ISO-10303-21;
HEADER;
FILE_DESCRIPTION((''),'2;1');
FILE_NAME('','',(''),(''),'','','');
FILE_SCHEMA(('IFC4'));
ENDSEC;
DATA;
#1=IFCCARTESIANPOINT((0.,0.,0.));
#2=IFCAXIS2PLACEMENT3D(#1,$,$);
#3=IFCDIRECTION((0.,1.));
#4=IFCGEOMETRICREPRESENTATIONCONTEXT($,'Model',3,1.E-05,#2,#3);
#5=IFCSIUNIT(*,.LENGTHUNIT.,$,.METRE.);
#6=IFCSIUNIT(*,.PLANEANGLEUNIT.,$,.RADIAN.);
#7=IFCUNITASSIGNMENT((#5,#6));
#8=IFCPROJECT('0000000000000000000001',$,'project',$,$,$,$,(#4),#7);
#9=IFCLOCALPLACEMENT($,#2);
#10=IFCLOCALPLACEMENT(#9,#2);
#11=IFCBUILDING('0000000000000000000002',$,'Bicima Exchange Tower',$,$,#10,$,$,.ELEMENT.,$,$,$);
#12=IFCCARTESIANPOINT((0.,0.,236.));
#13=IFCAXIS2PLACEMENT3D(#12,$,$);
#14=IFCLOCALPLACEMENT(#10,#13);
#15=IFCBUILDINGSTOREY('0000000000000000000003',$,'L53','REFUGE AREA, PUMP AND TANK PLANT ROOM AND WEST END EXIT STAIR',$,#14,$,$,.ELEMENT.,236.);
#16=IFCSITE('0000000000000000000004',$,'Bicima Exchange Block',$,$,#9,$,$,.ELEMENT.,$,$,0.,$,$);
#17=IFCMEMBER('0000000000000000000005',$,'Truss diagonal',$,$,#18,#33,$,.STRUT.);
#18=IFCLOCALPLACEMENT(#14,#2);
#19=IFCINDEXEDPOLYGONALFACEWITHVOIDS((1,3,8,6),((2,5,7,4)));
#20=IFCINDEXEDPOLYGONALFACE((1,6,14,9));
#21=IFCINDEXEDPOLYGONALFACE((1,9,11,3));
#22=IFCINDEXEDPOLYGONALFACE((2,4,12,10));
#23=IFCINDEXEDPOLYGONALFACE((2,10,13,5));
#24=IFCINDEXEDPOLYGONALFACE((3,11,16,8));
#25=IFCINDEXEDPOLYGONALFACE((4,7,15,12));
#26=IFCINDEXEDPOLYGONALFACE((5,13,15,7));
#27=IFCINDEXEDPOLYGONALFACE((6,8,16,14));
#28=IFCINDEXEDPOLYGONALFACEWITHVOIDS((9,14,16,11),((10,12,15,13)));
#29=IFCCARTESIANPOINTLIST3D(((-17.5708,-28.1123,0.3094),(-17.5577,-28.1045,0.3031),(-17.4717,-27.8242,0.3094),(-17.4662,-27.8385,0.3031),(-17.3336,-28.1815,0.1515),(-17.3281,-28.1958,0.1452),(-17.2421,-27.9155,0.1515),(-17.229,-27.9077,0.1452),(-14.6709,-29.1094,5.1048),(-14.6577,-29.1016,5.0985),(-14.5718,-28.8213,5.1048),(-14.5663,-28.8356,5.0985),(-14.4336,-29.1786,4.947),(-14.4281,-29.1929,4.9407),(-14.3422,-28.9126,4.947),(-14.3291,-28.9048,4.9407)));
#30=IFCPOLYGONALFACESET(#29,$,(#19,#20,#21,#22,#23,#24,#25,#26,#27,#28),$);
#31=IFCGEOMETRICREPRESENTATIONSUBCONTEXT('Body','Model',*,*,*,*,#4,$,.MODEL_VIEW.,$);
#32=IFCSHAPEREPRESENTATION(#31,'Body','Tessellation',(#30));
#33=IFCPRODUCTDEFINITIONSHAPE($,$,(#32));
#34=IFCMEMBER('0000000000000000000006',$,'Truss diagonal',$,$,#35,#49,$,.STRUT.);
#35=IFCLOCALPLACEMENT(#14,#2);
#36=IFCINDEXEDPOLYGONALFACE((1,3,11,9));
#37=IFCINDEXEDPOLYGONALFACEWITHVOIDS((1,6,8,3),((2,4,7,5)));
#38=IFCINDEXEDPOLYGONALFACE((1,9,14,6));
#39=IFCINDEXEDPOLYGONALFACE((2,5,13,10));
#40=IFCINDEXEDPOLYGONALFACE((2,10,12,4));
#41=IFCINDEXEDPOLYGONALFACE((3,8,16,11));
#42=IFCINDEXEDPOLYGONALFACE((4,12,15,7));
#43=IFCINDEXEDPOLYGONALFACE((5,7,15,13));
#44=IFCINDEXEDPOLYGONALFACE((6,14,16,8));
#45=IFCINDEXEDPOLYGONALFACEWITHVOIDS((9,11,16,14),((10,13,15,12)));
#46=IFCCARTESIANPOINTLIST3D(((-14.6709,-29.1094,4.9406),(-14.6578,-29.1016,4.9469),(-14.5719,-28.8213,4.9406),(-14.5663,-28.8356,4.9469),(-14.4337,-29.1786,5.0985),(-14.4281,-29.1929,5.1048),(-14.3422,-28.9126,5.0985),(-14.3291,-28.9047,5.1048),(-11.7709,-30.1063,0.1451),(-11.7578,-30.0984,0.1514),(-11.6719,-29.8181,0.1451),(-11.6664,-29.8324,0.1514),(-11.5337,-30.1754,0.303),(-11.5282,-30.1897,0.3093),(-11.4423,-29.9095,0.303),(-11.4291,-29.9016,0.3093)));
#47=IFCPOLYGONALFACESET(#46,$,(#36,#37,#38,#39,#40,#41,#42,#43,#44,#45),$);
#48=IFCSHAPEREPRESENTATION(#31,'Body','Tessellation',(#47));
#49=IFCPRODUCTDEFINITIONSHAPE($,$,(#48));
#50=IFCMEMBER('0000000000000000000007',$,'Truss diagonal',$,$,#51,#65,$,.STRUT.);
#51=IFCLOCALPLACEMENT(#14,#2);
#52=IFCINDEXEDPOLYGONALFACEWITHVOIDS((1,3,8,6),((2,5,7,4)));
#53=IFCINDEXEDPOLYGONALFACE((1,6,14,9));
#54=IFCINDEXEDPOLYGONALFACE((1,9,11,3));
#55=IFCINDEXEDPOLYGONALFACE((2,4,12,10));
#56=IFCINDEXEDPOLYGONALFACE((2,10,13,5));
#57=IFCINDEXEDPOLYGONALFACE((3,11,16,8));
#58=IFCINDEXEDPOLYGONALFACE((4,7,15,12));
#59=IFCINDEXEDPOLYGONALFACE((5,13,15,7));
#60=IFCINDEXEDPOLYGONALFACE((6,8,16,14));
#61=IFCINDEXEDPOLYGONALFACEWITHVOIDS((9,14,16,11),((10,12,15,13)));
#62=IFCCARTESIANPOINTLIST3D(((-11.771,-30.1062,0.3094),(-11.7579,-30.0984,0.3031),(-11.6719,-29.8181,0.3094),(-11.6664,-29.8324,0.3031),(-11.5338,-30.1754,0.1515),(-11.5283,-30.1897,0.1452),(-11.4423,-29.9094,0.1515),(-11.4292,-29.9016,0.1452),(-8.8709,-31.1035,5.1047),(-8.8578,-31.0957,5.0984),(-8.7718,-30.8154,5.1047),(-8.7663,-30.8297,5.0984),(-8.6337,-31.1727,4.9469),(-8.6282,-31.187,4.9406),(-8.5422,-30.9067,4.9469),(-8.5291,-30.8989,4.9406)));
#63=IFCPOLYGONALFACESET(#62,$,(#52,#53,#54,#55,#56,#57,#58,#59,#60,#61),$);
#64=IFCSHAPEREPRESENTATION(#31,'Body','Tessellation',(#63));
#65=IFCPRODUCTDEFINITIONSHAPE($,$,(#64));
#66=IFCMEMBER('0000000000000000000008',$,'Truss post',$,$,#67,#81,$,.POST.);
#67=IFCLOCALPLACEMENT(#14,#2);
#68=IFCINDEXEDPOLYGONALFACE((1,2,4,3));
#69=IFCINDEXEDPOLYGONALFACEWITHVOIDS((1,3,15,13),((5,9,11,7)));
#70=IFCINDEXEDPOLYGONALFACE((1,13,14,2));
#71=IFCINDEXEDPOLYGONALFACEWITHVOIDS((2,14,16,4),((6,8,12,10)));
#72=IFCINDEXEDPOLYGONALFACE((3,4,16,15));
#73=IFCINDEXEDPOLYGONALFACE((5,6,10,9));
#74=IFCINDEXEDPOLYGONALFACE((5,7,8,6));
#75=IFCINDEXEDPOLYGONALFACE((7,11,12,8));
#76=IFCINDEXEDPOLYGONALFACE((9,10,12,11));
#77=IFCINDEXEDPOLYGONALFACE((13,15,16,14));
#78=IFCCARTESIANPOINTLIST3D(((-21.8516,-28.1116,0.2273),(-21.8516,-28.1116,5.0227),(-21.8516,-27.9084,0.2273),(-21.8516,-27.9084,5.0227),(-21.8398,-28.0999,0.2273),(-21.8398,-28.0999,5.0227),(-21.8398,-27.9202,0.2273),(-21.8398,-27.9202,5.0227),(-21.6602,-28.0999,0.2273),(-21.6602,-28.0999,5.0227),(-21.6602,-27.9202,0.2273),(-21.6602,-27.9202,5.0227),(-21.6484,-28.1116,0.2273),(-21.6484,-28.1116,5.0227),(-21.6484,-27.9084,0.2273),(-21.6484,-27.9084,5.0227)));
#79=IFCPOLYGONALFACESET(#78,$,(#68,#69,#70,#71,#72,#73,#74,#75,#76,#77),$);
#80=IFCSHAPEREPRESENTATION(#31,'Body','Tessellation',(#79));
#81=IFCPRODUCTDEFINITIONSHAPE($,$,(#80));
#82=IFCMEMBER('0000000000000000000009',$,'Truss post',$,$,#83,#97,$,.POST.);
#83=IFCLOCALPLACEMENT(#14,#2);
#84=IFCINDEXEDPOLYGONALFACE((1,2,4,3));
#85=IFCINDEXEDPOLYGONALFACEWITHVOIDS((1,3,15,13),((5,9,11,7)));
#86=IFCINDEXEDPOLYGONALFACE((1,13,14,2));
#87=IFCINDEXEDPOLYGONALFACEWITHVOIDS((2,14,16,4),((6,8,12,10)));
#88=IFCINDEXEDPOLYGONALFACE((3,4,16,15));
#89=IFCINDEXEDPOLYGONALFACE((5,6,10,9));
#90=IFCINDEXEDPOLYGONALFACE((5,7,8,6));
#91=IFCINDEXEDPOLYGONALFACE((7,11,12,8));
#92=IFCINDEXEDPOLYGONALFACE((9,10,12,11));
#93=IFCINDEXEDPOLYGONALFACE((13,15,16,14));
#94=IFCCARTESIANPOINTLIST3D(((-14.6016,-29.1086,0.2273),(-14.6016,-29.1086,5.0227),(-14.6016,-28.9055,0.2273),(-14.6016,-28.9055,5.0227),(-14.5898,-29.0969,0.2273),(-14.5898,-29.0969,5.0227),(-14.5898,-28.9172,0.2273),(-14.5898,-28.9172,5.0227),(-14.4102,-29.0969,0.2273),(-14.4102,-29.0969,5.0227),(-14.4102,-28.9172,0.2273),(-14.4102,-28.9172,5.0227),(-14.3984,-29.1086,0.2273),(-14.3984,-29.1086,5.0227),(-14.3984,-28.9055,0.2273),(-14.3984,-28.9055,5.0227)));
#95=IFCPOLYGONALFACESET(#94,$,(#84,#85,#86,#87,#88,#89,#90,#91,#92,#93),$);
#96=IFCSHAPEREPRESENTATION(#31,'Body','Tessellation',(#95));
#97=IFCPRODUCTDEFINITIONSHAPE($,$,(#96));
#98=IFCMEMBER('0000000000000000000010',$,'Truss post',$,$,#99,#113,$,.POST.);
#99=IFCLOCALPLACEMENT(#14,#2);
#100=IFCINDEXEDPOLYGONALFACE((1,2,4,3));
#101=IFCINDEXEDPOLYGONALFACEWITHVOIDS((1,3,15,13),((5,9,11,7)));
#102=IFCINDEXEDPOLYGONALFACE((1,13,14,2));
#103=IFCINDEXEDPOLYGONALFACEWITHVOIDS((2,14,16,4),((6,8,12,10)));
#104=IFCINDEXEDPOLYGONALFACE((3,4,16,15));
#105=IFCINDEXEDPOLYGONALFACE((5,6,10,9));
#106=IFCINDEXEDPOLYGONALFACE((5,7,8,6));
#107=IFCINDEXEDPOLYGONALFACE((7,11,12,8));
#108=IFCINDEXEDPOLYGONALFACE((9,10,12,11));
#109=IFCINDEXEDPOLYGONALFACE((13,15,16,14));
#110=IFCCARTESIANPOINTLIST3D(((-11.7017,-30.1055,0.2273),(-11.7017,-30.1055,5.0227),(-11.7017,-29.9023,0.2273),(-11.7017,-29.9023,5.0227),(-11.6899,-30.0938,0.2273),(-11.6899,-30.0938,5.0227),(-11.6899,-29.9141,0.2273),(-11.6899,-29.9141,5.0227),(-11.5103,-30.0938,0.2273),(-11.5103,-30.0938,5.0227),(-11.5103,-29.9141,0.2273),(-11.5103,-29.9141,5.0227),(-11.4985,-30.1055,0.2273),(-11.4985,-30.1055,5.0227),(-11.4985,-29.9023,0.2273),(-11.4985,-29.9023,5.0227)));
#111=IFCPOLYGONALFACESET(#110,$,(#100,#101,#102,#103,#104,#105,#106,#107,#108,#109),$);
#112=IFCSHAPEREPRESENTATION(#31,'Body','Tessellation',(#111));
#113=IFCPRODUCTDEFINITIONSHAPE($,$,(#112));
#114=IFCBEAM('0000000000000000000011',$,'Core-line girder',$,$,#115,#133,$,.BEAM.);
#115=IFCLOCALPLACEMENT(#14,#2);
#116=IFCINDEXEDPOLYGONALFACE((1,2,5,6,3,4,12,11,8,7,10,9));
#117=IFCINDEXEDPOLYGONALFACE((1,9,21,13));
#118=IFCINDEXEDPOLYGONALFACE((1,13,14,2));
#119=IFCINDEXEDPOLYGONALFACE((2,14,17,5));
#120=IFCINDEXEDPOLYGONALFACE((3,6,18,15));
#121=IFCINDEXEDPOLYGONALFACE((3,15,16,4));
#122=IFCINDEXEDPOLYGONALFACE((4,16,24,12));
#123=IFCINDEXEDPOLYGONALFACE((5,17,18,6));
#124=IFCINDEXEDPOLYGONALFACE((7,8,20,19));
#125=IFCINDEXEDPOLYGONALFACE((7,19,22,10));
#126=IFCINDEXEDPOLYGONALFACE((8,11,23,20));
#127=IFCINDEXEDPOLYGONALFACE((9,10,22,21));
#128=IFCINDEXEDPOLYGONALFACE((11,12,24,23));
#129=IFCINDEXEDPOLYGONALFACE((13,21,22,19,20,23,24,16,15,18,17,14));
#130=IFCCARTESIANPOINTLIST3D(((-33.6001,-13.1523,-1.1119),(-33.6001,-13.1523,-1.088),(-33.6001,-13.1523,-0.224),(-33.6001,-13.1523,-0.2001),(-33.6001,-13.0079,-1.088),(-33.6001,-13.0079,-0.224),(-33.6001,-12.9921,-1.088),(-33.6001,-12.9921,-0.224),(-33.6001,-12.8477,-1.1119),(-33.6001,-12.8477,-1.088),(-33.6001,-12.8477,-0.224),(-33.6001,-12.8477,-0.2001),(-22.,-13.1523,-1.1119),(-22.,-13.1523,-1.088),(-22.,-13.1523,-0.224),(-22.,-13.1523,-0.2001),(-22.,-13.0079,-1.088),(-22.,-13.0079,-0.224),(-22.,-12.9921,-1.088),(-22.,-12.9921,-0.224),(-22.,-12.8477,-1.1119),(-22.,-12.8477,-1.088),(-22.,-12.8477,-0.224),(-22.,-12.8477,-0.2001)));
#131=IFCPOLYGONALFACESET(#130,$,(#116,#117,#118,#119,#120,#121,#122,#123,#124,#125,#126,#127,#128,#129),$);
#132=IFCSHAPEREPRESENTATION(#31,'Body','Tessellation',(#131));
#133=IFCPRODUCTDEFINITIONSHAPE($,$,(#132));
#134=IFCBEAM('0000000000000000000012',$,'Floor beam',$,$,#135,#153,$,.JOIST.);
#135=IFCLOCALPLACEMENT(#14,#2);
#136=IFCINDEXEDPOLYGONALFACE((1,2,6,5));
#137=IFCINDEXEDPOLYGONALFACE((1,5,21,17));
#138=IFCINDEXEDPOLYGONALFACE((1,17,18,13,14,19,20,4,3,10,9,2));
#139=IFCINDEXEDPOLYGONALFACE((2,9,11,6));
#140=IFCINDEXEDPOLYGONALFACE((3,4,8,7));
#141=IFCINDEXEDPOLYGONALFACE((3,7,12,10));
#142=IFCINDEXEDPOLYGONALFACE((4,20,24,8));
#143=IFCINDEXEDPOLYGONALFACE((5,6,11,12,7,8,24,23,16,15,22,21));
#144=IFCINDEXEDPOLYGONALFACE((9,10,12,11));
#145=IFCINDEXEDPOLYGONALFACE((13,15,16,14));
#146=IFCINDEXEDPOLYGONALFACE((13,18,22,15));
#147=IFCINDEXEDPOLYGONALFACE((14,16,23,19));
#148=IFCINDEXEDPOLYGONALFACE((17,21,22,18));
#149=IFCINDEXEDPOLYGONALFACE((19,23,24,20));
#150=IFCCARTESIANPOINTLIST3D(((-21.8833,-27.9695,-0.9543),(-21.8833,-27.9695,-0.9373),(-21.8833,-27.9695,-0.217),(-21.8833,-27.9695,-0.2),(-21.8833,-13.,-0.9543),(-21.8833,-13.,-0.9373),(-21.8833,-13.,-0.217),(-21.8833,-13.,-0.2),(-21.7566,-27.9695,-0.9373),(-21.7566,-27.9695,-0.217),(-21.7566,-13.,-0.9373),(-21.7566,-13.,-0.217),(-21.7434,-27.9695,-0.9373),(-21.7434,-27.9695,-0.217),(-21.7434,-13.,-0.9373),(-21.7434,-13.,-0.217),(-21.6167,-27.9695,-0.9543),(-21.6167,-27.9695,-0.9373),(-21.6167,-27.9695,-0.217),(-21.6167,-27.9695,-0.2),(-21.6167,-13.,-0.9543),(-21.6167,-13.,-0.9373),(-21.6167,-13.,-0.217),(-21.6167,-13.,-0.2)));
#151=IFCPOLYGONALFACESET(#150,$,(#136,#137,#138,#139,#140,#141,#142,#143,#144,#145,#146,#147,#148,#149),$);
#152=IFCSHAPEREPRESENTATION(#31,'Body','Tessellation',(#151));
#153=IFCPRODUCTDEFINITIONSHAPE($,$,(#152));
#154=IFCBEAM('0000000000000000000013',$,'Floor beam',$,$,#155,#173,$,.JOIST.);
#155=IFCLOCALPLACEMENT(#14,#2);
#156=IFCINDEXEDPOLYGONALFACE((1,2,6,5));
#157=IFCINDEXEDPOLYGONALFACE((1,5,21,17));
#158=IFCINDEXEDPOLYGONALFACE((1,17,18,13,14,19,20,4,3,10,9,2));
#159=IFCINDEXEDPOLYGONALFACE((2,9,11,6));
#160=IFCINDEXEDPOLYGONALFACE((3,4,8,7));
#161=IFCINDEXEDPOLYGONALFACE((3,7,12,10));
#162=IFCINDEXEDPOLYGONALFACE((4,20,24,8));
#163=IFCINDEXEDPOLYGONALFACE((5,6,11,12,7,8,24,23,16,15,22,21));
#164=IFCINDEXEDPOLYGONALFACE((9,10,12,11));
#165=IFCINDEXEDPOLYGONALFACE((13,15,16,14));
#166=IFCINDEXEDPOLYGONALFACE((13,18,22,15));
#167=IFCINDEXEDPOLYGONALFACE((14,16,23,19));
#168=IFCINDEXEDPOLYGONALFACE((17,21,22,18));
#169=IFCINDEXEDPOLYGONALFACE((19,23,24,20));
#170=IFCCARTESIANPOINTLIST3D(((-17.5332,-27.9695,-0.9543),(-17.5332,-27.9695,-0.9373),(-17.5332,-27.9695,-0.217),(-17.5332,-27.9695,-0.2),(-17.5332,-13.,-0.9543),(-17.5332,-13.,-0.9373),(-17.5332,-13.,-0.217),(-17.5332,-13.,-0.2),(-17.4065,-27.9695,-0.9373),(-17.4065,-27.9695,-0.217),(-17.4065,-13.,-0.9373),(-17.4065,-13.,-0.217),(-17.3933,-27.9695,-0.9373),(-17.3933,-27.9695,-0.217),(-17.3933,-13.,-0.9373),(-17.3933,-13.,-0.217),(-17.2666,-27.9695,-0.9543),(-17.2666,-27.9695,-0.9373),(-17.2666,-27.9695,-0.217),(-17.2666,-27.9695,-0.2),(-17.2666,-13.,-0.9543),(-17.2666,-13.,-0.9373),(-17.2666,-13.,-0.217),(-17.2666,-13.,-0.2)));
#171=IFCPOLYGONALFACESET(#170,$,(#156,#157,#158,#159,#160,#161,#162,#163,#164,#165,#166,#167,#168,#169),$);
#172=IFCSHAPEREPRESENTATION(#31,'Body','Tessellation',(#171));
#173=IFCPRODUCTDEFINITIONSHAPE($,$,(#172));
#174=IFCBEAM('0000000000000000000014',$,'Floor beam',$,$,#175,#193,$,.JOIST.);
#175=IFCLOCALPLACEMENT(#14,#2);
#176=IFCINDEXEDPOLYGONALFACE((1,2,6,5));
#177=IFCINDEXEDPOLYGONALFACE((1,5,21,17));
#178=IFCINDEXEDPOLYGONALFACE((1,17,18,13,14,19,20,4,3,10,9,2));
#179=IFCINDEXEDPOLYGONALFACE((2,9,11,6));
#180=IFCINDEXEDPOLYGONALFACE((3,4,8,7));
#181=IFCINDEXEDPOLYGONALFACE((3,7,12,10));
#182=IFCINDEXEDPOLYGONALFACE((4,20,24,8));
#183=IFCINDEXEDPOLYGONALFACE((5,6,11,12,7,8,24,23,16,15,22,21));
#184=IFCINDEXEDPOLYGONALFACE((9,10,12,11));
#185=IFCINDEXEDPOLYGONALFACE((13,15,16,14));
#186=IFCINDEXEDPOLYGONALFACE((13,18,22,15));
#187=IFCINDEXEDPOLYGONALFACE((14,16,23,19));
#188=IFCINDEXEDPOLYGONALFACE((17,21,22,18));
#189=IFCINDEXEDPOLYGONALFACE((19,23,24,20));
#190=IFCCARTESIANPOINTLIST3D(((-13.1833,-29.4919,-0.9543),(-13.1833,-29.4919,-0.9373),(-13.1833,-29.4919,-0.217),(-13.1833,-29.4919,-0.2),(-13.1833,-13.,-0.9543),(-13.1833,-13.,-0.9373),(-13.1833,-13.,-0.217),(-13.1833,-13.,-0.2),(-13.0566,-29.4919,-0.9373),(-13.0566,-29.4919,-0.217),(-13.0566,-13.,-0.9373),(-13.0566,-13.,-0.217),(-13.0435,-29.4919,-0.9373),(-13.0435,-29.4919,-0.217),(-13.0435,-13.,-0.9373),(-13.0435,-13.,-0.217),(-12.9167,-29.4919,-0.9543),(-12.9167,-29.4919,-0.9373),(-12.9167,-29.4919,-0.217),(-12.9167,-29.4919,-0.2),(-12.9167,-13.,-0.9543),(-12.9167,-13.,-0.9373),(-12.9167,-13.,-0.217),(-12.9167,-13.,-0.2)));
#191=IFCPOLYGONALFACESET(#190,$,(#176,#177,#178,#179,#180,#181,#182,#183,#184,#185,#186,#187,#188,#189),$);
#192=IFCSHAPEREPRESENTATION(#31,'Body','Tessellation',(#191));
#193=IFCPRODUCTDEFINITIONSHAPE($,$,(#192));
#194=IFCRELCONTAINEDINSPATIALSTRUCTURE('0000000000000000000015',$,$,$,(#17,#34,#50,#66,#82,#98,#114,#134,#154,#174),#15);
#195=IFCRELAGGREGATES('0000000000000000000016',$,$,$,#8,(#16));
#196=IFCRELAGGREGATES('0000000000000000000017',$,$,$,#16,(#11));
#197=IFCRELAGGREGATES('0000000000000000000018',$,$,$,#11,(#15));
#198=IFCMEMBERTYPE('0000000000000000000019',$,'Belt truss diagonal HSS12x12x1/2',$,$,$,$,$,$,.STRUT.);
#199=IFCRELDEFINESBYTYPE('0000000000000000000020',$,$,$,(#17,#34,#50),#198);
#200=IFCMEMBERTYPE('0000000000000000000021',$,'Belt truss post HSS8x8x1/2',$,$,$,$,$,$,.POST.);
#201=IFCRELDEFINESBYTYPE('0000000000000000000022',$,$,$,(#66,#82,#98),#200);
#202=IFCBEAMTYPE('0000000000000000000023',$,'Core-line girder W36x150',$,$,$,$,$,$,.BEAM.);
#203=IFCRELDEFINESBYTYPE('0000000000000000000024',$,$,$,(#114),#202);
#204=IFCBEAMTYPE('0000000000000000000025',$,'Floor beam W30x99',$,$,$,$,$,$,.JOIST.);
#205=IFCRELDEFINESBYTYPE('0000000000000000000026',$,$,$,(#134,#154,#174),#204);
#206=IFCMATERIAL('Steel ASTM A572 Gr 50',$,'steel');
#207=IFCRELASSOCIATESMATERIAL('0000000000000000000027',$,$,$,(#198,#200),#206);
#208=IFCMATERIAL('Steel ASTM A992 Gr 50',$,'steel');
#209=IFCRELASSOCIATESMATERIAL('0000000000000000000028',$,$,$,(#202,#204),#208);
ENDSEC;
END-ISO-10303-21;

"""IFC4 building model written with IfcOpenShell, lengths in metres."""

from ifc_helpers import new_model, si_unit, direction, frame, origin, origin_2d, place, context, subcontext, project, spatial, hollow_rectangle, i_section, extrude, material, material_profile, profile_set, type_object, element, save


model = new_model("IFC4")

# Units and contexts
model_context = context("Model", 3, precision=1e-05, world=origin(), true_north=direction((0.0, 1.0)))
body_context = subcontext(model_context, "Body", "Model", "MODEL_VIEW")
ifc_project = project(units=[si_unit("LENGTHUNIT", "METRE"), si_unit("PLANEANGLEUNIT", "RADIAN")], contexts=[model_context])

# Site, building, storey
site_placement = place(None, origin())
site = spatial("IfcSite", under=ifc_project, at=site_placement, Name="Bicima Exchange Block", CompositionType="ELEMENT", RefElevation=0.0)
building_placement = place(site_placement, origin())
building = spatial("IfcBuilding", under=site, at=building_placement, Name="Bicima Exchange Tower", CompositionType="ELEMENT")
storey_placement = place(building_placement, frame((0.0, 0.0, 236.0)))
storey = spatial("IfcBuildingStorey", under=building, at=storey_placement, Name="L53", Description="REFUGE AREA, PUMP AND TANK PLANT ROOM AND WEST END EXIT STAIR", CompositionType="ELEMENT", Elevation=236.0)

# Shared definitions
ifc_material_1 = material(Name="Steel ASTM A992 Gr 50", Category="steel")

# Members
ifc_material_2 = material(Name="Steel ASTM A572 Gr 50", Category="steel")
ifc_material_profile_1 = material_profile(ifc_material_2, hollow_rectangle(XDim=0.3047, YDim=0.3047, WallThickness=0.0117, at=origin_2d()))
ifc_profile_set_1 = profile_set([ifc_material_profile_1], Name="Steel ASTM A572 Gr 50")
member_type_1 = type_object("IfcMemberType", Name="Belt truss diagonal HSS12x12x1/2", PredefinedType="STRUT", material=ifc_profile_set_1)
for number, where, z_axis, x_axis, name in (
    (1, (-17.3999, -28.01, 0.2273), (0.509465, -0.175169, 0.842474), (0.325147, 0.945664, 0.0), "Truss diagonal"),
    (2, (-14.5, -29.0071, 5.0227), (0.509468, -0.175127, -0.84248), (0.325075, 0.945688, 0.0), "Truss diagonal"),
    (3, (-11.6001, -30.0039, 0.2273), (0.509492, -0.175206, 0.842449), (0.325193, 0.945648, 0.0), "Truss diagonal"),
):
    element("IfcMember", number, at=place(storey_placement, frame(where, z_axis=z_axis, x_axis=x_axis)), inside=storey, type_object=member_type_1, Name=name, PredefinedType="STRUT", context=body_context, shape_type="SweptSolid", body=[
        extrude(hollow_rectangle(XDim=0.3047, YDim=0.3047, WallThickness=0.0117, at=origin_2d()), origin(), (0.0, 0.0, 1.0), 5.6921),
    ])
ifc_material_profile_2 = material_profile(ifc_material_2, hollow_rectangle(XDim=0.2031, YDim=0.2031, WallThickness=0.0117, at=origin_2d()))
ifc_profile_set_2 = profile_set([ifc_material_profile_2], Name="Steel ASTM A572 Gr 50")
member_type_2 = type_object("IfcMemberType", Name="Belt truss post HSS8x8x1/2", PredefinedType="POST", material=ifc_profile_set_2)
for number, where, z_axis, x_axis, name in (
    (4, (-21.75, -28.01, 0.2273), (0.0, 0.0, 1.0), (1.0, 0.0, 0.0), "Truss post"),
    (5, (-14.5, -29.0071, 0.2273), (0.0, 0.0, 1.0), (1.0, 0.0, 0.0), "Truss post"),
    (6, (-11.6001, -30.0039, 0.2273), (0.0, 0.0, 1.0), (1.0, 0.0, 0.0), "Truss post"),
):
    element("IfcMember", number, at=place(storey_placement, frame(where, z_axis=z_axis, x_axis=x_axis)), inside=storey, type_object=member_type_2, Name=name, PredefinedType="POST", context=body_context, shape_type="SweptSolid", body=[
        extrude(hollow_rectangle(XDim=0.2031, YDim=0.2031, WallThickness=0.0117, at=origin_2d()), origin(), (0.0, 0.0, 1.0), 4.7954),
    ])

# Beams
ifc_material_profile_3 = material_profile(ifc_material_1, i_section(OverallWidth=0.3047, OverallDepth=0.9119, WebThickness=0.0159, FlangeThickness=0.0239, at=origin_2d()))
ifc_profile_set_3 = profile_set([ifc_material_profile_3], Name="Steel ASTM A992 Gr 50")
beam_type_1 = type_object("IfcBeamType", Name="Core-line girder W36x150", PredefinedType="BEAM", material=ifc_profile_set_3)
beam_1_placement = place(storey_placement, frame((-22.0, -13.0, -0.656), z_axis=(-1.0, 0.0, 0.0), x_axis=(0.0, -1.0, 0.0)))
element("IfcBeam", 7, at=beam_1_placement, inside=storey, type_object=beam_type_1, Name="Core-line girder", PredefinedType="BEAM", context=body_context, shape_type="SweptSolid", body=[
    extrude(i_section(OverallWidth=0.3047, OverallDepth=0.9119, WebThickness=0.0159, FlangeThickness=0.0239, at=origin_2d()), origin(), (0.0, 0.0, 1.0), 11.6001),
])
ifc_material_profile_4 = material_profile(ifc_material_1, i_section(OverallWidth=0.2666, OverallDepth=0.7544, WebThickness=0.0132, FlangeThickness=0.0171, at=origin_2d()))
ifc_profile_set_4 = profile_set([ifc_material_profile_4], Name="Steel ASTM A992 Gr 50")
beam_type_2 = type_object("IfcBeamType", Name="Floor beam W30x99", PredefinedType="JOIST", material=ifc_profile_set_4)
for number, where, z_axis, x_axis, name in (
    (8, (-21.75, -13.0, -0.5771), (0.0, -1.0, 0.0), (1.0, 0.0, 0.0), "Floor beam"),
    (9, (-17.3999, -13.0, -0.5771), (0.0, -1.0, 0.0), (1.0, 0.0, 0.0), "Floor beam"),
):
    element("IfcBeam", number, at=place(storey_placement, frame(where, z_axis=z_axis, x_axis=x_axis)), inside=storey, type_object=beam_type_2, Name=name, PredefinedType="JOIST", context=body_context, shape_type="SweptSolid", body=[
        extrude(i_section(OverallWidth=0.2666, OverallDepth=0.7544, WebThickness=0.0132, FlangeThickness=0.0171, at=origin_2d()), origin(), (0.0, 0.0, 1.0), 14.9695),
    ])
beam_2_placement = place(storey_placement, frame((-13.05, -13.0, -0.5771), z_axis=(0.0, -1.0, 0.0), x_axis=(1.0, 0.0, 0.0)))
element("IfcBeam", 10, at=beam_2_placement, inside=storey, type_object=beam_type_2, Name="Floor beam", PredefinedType="JOIST", context=body_context, shape_type="SweptSolid", body=[
    extrude(i_section(OverallWidth=0.2666, OverallDepth=0.7544, WebThickness=0.0132, FlangeThickness=0.0171, at=origin_2d()), origin(), (0.0, 0.0, 1.0), 16.4919),
])

save(model, "model.ifc")
